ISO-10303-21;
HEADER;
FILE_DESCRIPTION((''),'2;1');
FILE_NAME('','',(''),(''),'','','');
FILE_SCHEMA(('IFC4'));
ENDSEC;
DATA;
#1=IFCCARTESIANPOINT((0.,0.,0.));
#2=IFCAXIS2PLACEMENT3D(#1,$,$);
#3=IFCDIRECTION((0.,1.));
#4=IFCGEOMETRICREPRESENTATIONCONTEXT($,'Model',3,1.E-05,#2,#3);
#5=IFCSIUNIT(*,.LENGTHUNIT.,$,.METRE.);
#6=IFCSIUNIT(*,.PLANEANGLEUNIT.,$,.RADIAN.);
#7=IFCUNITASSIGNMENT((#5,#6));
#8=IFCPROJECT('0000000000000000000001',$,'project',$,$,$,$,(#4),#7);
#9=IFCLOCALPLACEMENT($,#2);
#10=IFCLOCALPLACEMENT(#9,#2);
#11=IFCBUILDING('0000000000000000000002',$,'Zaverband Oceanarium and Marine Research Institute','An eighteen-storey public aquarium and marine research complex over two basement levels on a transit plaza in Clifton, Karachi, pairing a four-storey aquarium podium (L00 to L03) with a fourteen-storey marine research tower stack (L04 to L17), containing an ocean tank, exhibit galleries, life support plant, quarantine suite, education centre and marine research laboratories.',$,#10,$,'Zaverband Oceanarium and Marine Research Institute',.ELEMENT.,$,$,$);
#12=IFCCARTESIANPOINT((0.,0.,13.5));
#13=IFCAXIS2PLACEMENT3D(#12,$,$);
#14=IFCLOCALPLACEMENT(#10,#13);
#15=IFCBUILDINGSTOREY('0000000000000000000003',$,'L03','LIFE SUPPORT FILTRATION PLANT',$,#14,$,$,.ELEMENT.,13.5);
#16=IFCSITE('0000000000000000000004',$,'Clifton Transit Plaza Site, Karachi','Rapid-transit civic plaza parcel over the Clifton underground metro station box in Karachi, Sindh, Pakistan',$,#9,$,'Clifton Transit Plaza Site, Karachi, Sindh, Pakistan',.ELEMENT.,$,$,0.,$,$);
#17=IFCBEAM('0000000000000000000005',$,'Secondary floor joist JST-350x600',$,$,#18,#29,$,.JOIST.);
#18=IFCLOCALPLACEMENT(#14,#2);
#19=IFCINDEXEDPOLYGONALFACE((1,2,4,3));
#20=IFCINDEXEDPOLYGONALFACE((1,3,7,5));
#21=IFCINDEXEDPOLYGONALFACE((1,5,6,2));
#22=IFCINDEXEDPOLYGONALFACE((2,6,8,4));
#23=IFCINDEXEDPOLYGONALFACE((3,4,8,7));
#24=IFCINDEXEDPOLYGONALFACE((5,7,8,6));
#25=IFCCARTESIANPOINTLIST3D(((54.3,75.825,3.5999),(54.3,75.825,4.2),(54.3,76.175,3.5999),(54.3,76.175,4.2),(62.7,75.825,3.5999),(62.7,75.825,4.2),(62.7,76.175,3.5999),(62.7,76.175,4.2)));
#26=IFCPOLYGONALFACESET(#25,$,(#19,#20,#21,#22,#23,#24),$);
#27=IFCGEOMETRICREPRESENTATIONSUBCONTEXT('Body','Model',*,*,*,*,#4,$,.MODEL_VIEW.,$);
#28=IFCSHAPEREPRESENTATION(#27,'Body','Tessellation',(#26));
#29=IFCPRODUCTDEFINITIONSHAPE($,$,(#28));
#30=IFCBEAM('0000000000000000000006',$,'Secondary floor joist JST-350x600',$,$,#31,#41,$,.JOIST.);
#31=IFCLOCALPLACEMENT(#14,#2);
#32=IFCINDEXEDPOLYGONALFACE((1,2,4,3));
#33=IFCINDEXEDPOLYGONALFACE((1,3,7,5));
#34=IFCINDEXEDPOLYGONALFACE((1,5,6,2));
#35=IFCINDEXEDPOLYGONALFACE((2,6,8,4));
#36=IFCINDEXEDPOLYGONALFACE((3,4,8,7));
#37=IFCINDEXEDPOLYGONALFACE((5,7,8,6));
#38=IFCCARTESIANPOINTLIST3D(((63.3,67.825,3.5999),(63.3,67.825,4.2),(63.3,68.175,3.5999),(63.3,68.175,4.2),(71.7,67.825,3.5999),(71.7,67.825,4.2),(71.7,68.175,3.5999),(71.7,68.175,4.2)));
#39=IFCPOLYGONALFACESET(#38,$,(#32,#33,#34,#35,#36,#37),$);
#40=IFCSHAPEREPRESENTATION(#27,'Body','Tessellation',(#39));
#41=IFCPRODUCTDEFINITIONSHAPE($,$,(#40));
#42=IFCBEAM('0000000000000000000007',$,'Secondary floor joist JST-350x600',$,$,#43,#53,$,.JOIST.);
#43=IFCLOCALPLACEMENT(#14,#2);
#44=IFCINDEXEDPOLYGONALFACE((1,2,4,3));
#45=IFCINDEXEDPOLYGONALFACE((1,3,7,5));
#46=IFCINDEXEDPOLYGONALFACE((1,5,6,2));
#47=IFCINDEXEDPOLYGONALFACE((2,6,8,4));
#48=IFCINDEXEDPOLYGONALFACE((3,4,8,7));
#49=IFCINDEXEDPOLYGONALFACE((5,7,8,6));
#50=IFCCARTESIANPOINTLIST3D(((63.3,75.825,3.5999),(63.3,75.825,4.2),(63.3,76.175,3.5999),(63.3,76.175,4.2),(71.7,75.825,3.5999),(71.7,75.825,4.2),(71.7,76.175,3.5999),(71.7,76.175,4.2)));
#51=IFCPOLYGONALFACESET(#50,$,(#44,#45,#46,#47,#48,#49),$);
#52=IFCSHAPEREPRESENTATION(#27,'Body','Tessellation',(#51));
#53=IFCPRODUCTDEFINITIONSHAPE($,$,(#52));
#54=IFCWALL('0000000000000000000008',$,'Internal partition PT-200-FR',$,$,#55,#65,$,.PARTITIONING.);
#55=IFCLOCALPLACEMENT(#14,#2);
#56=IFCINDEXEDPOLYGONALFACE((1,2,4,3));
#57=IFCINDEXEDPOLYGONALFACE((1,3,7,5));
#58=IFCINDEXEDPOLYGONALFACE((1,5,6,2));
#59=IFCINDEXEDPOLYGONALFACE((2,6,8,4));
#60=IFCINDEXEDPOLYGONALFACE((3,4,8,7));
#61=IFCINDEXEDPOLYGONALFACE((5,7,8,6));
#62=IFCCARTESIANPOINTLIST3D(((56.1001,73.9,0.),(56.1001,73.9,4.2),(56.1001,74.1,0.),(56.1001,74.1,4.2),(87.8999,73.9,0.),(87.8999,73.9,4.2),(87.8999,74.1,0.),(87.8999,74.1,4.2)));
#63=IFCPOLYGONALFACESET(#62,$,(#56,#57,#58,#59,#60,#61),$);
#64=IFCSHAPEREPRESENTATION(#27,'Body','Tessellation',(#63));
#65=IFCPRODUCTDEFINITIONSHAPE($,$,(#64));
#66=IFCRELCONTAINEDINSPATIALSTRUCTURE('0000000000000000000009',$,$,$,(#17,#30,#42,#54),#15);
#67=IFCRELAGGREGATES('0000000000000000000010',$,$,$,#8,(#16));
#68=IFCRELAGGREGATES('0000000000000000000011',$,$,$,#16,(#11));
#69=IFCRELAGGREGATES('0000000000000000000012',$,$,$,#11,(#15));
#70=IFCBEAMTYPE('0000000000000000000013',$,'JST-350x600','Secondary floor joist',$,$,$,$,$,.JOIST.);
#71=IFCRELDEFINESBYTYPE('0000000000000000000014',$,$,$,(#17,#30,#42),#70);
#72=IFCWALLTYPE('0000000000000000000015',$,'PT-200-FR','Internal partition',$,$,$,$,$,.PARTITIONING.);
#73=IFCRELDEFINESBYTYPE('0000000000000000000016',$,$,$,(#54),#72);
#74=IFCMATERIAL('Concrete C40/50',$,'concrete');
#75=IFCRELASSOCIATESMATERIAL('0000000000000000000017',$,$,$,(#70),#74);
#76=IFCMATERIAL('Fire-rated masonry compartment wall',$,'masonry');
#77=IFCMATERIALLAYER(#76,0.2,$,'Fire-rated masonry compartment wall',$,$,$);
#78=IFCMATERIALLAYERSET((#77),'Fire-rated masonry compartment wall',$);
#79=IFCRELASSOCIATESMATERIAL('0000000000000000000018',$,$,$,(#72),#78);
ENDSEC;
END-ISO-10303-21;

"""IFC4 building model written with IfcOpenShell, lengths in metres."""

from ifc_helpers import new_model, si_unit, direction, frame, frame_2d, origin, origin_2d, place, context, subcontext, project, spatial, rectangle, extrude, material, layer, layer_set, material_profile, profile_set, type_object, element, save


model = new_model("IFC4")

# Units and contexts
model_context = context("Model", 3, precision=1e-05, world=origin(), true_north=direction((0.0, 1.0)))
body_context = subcontext(model_context, "Body", "Model", "MODEL_VIEW")
ifc_project = project(units=[si_unit("LENGTHUNIT", "METRE"), si_unit("PLANEANGLEUNIT", "RADIAN")], contexts=[model_context])

# Site, building, storey
site_placement = place(None, origin())
site = spatial("IfcSite", under=ifc_project, at=site_placement, Name="Clifton Transit Plaza Site, Karachi", Description="Rapid-transit civic plaza parcel over the Clifton underground metro station box in Karachi, Sindh, Pakistan", LongName="Clifton Transit Plaza Site, Karachi, Sindh, Pakistan", CompositionType="ELEMENT", RefElevation=0.0)
building_placement = place(site_placement, origin())
building = spatial("IfcBuilding", under=site, at=building_placement, Name="Zaverband Oceanarium and Marine Research Institute", Description="An eighteen-storey public aquarium and marine research complex over two basement levels on a transit plaza in Clifton, Karachi, pairing a four-storey aquarium podium (L00 to L03) with a fourteen-storey marine research tower stack (L04 to L17), containing an ocean tank, exhibit galleries, life support plant, quarantine suite, education centre and marine research laboratories.", LongName="Zaverband Oceanarium and Marine Research Institute", CompositionType="ELEMENT")
storey_placement = place(building_placement, frame((0.0, 0.0, 13.5)))
storey = spatial("IfcBuildingStorey", under=building, at=storey_placement, Name="L03", Description="LIFE SUPPORT FILTRATION PLANT", CompositionType="ELEMENT", Elevation=13.5)

# Beams
ifc_material_1 = material(Name="Concrete C40/50", Category="concrete")
ifc_material_profile_1 = material_profile(ifc_material_1, rectangle(XDim=0.3501, YDim=0.6001, at=origin_2d()), Name="RC350x600")
ifc_profile_set_1 = profile_set([ifc_material_profile_1], Name="Concrete C40/50")
beam_type_1 = type_object("IfcBeamType", Name="JST-350x600", Description="Secondary floor joist", PredefinedType="JOIST", material=ifc_profile_set_1)
for number, where, z_axis, x_axis, name in (
    (1, (54.3, 76.0, 3.8999), (1.0, 0.0, 0.0), (0.0, 1.0, 0.0), "Secondary floor joist JST-350x600"),
    (2, (63.3, 68.0, 3.8999), (1.0, 0.0, 0.0), (0.0, 1.0, 0.0), "Secondary floor joist JST-350x600"),
    (3, (63.3, 76.0, 3.8999), (1.0, 0.0, 0.0), (0.0, 1.0, 0.0), "Secondary floor joist JST-350x600"),
):
    element("IfcBeam", number, at=place(storey_placement, frame(where, z_axis=z_axis, x_axis=x_axis)), inside=storey, type_object=beam_type_1, Name=name, PredefinedType="JOIST", context=body_context, shape_type="SweptSolid", body=[
        extrude(rectangle(XDim=0.3501, YDim=0.6001, at=origin_2d()), origin(), (0.0, 0.0, 1.0), 8.3999),
    ])

# Wall
ifc_material_2 = material(Name="Fire-rated masonry compartment wall", Category="masonry")
ifc_layer = layer(ifc_material_2, 0.2, Name="Fire-rated masonry compartment wall")
ifc_layer_set = layer_set([ifc_layer], Name="Fire-rated masonry compartment wall")
wall_type = type_object("IfcWallType", Name="PT-200-FR", Description="Internal partition", PredefinedType="PARTITIONING", material=ifc_layer_set)
wall_placement = place(storey_placement, frame((56.1001, 74.0, 0.0), z_axis=(0.0, 0.0, 1.0), x_axis=(1.0, 0.0, 0.0)))
element("IfcWall", 4, at=wall_placement, inside=storey, type_object=wall_type, Name="Internal partition PT-200-FR", PredefinedType="PARTITIONING", context=body_context, shape_type="SweptSolid", body=[
    extrude(rectangle(XDim=31.7998, YDim=0.2, at=frame_2d((15.8999, 0.0))), origin(), (0.0, 0.0, 1.0), 4.2),
])

save(model, "model.ifc")
